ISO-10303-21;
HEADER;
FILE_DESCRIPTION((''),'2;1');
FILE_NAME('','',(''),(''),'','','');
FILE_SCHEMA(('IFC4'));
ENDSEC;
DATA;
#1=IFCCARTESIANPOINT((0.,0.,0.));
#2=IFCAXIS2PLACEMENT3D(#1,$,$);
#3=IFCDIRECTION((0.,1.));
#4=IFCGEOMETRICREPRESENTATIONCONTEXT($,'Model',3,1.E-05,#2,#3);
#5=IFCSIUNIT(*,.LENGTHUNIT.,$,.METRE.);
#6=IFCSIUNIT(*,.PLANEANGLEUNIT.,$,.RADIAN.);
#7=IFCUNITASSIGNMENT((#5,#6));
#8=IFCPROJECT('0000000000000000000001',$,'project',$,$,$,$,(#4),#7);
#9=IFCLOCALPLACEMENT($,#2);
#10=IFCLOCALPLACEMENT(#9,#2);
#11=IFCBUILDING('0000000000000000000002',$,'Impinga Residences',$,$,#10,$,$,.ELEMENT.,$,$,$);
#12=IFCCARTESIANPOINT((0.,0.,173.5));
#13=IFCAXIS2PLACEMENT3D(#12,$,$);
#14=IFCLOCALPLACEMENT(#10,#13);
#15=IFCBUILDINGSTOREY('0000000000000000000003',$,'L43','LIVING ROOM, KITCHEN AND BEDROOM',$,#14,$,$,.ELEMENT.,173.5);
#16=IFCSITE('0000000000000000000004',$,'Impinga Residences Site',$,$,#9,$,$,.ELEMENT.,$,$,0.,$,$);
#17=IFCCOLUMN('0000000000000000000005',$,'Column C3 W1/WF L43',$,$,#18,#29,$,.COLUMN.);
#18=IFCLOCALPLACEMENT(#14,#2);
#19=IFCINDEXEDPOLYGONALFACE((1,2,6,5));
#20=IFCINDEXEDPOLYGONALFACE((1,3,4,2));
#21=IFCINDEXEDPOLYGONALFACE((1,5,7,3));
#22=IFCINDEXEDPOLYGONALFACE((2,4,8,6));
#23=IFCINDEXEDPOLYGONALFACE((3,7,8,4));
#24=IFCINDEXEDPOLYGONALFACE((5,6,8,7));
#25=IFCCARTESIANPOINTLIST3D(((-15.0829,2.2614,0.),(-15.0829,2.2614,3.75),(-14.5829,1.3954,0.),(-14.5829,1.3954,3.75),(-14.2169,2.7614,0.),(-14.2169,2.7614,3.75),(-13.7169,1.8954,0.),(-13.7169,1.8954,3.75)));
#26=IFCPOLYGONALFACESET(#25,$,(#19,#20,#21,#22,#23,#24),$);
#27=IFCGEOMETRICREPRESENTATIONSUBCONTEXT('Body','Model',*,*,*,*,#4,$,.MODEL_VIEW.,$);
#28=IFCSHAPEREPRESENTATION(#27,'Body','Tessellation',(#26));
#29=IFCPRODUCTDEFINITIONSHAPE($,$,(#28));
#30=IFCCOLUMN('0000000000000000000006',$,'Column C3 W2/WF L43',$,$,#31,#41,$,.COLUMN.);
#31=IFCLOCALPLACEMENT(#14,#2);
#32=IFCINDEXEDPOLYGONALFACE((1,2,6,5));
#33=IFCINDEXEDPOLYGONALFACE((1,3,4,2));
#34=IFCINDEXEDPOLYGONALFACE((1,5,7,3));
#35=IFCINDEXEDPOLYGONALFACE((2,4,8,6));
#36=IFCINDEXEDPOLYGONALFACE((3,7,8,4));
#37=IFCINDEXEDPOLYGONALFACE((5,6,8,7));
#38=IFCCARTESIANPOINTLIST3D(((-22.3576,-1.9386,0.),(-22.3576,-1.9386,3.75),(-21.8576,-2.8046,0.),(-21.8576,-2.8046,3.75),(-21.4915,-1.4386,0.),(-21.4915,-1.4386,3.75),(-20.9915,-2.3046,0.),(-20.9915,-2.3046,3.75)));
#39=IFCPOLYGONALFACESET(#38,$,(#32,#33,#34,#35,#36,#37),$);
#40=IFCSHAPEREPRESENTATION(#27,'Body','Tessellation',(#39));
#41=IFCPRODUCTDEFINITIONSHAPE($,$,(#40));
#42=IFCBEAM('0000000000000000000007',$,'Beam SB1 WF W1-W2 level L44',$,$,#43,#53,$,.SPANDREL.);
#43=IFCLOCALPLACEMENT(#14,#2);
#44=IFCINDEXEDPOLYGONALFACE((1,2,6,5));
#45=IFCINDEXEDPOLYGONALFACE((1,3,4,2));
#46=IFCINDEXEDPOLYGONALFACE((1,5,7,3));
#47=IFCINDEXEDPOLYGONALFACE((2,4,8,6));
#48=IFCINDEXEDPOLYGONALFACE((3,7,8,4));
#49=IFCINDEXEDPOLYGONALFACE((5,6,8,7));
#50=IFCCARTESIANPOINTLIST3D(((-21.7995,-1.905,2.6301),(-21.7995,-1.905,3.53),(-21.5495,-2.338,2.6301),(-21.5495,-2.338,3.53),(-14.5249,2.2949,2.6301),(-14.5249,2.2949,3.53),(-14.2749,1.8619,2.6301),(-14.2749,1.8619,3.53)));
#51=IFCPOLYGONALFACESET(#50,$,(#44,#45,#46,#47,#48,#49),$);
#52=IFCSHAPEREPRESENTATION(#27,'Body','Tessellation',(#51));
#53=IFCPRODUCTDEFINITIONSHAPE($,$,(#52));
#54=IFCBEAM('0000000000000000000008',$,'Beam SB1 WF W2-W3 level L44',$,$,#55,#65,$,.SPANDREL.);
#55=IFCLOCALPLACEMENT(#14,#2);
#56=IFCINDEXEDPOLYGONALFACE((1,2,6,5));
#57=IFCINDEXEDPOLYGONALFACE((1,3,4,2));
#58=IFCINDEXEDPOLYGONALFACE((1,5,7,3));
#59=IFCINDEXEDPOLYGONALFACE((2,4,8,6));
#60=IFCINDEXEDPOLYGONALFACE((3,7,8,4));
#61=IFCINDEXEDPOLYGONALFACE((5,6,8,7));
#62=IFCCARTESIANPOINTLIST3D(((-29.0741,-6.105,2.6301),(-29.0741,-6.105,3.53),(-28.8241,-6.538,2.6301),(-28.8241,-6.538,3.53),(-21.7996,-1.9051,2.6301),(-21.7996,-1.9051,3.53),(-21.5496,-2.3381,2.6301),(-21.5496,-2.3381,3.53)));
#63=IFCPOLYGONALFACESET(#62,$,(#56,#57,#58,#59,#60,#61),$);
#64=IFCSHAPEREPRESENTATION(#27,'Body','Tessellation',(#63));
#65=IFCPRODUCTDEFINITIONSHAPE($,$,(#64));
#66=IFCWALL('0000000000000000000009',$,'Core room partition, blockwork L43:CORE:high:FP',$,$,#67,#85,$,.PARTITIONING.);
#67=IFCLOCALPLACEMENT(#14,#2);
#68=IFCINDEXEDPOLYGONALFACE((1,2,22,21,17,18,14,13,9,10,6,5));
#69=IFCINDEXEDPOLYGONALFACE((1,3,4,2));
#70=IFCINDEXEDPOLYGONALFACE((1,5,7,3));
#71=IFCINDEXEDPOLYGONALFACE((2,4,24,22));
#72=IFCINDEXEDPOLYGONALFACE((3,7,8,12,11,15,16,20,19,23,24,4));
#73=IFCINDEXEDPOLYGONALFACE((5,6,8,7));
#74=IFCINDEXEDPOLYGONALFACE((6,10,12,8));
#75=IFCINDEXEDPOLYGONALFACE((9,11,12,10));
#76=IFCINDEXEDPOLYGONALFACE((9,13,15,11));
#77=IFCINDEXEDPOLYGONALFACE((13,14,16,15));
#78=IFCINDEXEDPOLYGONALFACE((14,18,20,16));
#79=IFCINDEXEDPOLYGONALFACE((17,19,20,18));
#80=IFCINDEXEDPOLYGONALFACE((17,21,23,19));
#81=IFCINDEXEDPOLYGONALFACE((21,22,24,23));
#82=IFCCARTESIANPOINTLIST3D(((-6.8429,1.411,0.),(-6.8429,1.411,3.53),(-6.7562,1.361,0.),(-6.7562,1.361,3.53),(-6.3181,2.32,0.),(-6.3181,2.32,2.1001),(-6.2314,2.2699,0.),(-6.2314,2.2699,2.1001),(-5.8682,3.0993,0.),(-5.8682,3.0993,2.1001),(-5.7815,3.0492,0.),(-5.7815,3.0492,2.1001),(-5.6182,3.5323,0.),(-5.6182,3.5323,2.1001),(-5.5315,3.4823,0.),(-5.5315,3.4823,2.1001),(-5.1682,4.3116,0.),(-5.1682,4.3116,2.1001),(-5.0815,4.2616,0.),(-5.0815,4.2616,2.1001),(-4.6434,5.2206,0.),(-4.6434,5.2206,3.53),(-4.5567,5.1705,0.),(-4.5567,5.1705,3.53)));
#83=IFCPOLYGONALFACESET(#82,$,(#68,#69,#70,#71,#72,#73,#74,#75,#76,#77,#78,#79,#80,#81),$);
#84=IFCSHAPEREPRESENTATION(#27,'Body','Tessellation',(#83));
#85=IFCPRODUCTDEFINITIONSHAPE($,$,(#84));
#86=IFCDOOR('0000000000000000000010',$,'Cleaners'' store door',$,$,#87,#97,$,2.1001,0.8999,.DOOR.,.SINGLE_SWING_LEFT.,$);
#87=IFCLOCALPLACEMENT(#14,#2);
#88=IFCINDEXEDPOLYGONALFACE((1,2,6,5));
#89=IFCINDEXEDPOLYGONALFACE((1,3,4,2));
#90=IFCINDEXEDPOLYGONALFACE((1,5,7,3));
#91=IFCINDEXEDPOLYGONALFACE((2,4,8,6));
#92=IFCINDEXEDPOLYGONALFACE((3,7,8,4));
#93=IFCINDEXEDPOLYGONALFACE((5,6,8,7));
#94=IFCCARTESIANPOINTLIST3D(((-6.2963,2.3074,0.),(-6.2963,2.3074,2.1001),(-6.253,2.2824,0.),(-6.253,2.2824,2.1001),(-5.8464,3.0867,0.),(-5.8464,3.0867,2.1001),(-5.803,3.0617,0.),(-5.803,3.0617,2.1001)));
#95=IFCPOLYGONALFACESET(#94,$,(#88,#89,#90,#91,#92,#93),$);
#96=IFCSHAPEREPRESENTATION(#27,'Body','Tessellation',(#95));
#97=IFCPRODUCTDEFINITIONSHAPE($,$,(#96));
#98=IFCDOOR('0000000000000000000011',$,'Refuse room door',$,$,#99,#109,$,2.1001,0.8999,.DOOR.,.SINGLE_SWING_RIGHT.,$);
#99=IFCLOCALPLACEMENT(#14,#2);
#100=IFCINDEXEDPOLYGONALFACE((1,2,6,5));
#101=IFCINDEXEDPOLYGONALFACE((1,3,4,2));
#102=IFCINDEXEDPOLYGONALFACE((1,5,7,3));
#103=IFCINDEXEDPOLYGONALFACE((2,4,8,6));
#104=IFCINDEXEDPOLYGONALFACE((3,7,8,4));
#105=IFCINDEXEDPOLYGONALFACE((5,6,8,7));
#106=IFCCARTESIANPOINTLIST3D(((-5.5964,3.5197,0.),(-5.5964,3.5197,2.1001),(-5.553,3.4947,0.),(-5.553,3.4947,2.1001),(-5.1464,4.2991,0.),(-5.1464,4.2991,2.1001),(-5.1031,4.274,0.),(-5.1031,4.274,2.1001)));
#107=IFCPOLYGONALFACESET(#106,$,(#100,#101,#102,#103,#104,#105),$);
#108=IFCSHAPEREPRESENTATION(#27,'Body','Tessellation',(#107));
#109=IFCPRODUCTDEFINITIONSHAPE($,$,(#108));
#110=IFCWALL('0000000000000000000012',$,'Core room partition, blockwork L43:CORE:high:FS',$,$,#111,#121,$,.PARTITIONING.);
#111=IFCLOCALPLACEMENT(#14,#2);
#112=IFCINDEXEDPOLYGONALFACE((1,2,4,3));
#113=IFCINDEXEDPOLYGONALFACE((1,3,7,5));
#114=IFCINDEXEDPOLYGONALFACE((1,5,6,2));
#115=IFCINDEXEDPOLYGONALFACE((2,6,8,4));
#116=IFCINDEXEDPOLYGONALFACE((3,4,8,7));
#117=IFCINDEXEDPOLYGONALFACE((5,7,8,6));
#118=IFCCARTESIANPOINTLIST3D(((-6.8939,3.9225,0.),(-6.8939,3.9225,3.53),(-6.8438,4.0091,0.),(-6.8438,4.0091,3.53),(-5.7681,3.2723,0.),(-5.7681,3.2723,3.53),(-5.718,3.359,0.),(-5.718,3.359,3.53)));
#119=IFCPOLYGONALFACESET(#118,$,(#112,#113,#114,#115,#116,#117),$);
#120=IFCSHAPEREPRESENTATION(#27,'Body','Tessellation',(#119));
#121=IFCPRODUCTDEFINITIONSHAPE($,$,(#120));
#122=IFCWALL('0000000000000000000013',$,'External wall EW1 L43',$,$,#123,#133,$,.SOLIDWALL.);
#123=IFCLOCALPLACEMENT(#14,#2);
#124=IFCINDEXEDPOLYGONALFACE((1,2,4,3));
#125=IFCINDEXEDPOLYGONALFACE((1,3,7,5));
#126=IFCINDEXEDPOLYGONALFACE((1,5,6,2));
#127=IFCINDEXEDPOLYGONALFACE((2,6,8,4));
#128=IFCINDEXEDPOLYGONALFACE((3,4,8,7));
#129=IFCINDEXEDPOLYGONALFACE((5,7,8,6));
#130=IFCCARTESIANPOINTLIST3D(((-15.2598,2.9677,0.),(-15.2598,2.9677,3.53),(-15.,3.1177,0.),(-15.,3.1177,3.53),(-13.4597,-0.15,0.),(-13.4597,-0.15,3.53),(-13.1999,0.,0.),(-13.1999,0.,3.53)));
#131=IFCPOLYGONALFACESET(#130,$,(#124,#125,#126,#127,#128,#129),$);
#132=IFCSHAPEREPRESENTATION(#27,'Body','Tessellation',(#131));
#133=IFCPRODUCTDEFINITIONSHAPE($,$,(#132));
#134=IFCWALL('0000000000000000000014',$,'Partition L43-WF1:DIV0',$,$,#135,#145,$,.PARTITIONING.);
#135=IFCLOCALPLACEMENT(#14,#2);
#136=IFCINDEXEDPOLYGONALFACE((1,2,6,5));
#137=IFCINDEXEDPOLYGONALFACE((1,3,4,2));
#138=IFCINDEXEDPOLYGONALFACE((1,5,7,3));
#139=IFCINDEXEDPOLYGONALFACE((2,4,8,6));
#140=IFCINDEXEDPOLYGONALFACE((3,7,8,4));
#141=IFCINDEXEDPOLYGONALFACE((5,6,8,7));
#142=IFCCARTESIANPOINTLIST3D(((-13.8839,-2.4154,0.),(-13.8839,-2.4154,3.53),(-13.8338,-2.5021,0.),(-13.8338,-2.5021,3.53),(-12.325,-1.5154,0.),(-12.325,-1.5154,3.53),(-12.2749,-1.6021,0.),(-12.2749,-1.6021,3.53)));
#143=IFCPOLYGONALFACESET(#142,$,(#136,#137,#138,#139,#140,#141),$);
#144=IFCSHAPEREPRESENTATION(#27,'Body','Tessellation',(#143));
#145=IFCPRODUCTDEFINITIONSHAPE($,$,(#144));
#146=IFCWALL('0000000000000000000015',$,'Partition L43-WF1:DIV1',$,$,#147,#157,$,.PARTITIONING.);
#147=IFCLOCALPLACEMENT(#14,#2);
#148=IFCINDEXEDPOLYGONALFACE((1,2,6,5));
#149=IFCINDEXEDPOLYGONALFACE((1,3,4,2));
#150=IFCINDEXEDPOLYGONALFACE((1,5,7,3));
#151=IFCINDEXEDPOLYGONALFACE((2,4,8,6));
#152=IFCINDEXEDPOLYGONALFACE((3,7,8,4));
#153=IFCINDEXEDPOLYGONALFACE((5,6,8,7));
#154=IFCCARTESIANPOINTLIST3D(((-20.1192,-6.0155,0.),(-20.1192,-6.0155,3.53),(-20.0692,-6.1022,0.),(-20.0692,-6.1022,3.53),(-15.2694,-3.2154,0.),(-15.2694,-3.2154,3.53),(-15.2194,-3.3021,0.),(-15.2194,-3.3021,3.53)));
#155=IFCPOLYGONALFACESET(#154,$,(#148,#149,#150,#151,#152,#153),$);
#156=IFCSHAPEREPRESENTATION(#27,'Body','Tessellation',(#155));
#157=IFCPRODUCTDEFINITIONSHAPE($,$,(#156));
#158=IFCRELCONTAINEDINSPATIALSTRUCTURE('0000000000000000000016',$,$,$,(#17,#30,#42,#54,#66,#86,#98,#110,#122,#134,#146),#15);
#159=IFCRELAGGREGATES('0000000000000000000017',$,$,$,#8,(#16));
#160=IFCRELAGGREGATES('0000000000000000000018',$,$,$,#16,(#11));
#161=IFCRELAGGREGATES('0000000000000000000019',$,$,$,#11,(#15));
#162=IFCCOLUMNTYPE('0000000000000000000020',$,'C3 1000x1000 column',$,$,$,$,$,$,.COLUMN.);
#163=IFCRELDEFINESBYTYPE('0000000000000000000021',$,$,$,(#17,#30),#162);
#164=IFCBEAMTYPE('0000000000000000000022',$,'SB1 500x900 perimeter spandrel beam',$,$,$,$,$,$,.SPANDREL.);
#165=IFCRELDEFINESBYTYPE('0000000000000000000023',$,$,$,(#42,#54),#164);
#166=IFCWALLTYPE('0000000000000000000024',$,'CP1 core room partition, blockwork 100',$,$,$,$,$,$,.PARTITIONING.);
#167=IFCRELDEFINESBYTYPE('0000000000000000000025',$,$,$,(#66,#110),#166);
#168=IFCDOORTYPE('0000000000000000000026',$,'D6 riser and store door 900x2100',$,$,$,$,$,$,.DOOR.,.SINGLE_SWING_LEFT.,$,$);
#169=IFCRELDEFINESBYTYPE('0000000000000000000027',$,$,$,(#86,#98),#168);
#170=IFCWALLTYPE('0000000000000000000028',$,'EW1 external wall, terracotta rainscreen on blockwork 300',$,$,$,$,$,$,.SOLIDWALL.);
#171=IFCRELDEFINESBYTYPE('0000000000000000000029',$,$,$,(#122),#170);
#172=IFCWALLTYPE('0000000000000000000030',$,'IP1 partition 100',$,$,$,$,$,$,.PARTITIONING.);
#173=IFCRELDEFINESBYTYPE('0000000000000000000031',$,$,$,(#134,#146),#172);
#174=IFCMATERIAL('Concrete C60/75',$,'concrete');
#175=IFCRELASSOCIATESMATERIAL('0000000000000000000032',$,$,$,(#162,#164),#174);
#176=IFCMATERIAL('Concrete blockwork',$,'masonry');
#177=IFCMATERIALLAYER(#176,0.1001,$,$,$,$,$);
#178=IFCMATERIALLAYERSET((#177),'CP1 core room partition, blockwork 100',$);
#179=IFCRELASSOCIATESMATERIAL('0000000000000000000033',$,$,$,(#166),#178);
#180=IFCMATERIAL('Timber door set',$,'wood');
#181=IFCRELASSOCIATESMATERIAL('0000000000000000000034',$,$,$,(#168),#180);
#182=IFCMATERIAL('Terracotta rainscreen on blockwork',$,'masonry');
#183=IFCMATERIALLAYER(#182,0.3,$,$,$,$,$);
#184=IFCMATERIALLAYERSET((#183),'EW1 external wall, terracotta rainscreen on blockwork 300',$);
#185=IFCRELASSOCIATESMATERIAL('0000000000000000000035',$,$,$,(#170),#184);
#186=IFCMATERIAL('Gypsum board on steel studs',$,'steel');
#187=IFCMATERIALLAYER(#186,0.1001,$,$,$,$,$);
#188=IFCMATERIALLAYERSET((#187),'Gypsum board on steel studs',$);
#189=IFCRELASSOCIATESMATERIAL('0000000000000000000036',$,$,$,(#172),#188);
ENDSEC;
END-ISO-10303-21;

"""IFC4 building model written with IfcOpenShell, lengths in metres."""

from ifc_helpers import new_model, si_unit, direction, frame, frame_2d, origin, origin_2d, place, context, subcontext, project, spatial, rectangle, extrude, material, layer, layer_set, material_profile, profile_set, type_object, element, fill, save


model = new_model("IFC4")

# Units and contexts
model_context = context("Model", 3, precision=1e-05, world=origin(), true_north=direction((0.0, 1.0)))
body_context = subcontext(model_context, "Body", "Model", "MODEL_VIEW")
ifc_project = project(units=[si_unit("LENGTHUNIT", "METRE"), si_unit("PLANEANGLEUNIT", "RADIAN")], contexts=[model_context])

# Site, building, storey
site_placement = place(None, origin())
site = spatial("IfcSite", under=ifc_project, at=site_placement, Name="Impinga Residences Site", CompositionType="ELEMENT", RefElevation=0.0)
building_placement = place(site_placement, origin())
building = spatial("IfcBuilding", under=site, at=building_placement, Name="Impinga Residences", CompositionType="ELEMENT")
storey_placement = place(building_placement, frame((0.0, 0.0, 173.5)))
storey = spatial("IfcBuildingStorey", under=building, at=storey_placement, Name="L43", Description="LIVING ROOM, KITCHEN AND BEDROOM", CompositionType="ELEMENT", Elevation=173.5)

# Columns
ifc_material_1 = material(Name="Concrete C60/75", Category="concrete")
ifc_material_profile_1 = material_profile(ifc_material_1, rectangle(XDim=1.0, YDim=1.0, at=origin_2d()), Name="RC 1000x1000")
ifc_profile_set_1 = profile_set([ifc_material_profile_1], Name="Concrete C60/75")
column_type = type_object("IfcColumnType", Name="C3 1000x1000 column", PredefinedType="COLUMN", material=ifc_profile_set_1)
for number, where, z_axis, x_axis, name in (
    (1, (-14.3999, 2.0784, 0.0), (0.0, 0.0, 1.0), (-0.5, 0.866025, 0.0), "Column C3 W1/WF L43"),
    (2, (-21.6746, -2.1216, 0.0), (0.0, 0.0, 1.0), (-0.5, 0.866025, 0.0), "Column C3 W2/WF L43"),
):
    element("IfcColumn", number, at=place(storey_placement, frame(where, z_axis=z_axis, x_axis=x_axis)), inside=storey, type_object=column_type, Name=name, PredefinedType="COLUMN", context=body_context, shape_type="SweptSolid", body=[
        extrude(rectangle(XDim=1.0, YDim=1.0, at=origin_2d()), origin(), (0.0, 0.0, 1.0), 3.75),
    ])

# Beams
ifc_material_profile_2 = material_profile(ifc_material_1, rectangle(XDim=0.5, YDim=0.8999, at=origin_2d()), Name="RC 500x900")
ifc_profile_set_2 = profile_set([ifc_material_profile_2], Name="Concrete C60/75")
beam_type = type_object("IfcBeamType", Name="SB1 500x900 perimeter spandrel beam", PredefinedType="SPANDREL", material=ifc_profile_set_2)
for number, where, z_axis, x_axis, name in (
    (3, (-14.3999, 2.0784, 3.0801), (-0.866029, -0.499993, 0.0), (0.499993, -0.866029, 0.0), "Beam SB1 WF W1-W2 level L44"),
    (4, (-21.6746, -2.1216, 3.0801), (-0.866029, -0.499993, 0.0), (0.499993, -0.866029, 0.0), "Beam SB1 WF W2-W3 level L44"),
):
    element("IfcBeam", number, at=place(storey_placement, frame(where, z_axis=z_axis, x_axis=x_axis)), inside=storey, type_object=beam_type, Name=name, PredefinedType="SPANDREL", context=body_context, shape_type="SweptSolid", body=[
        extrude(rectangle(XDim=0.5, YDim=0.8999, at=origin_2d()), origin(), (0.0, 0.0, 1.0), 8.3999),
    ])

# Wall, openings, doors
ifc_material_2 = material(Name="Concrete blockwork", Category="masonry")
ifc_layer_1 = layer(ifc_material_2, 0.1001)
ifc_layer_set_1 = layer_set([ifc_layer_1], Name="CP1 core room partition, blockwork 100")
wall_type_1 = type_object("IfcWallType", Name="CP1 core room partition, blockwork 100", PredefinedType="PARTITIONING", material=ifc_layer_set_1)
wall_1_placement = place(storey_placement, frame((-6.7996, 1.386, 0.0), z_axis=(0.0, 0.0, 1.0), x_axis=(0.500001, 0.866025, 0.0)))
wall_1 = element("IfcWall", 5, at=wall_1_placement, inside=storey, type_object=wall_type_1, Name="Core room partition, blockwork L43:CORE:high:FP", PredefinedType="PARTITIONING", context=body_context, shape_type="SweptSolid", body=[
    extrude(rectangle(XDim=4.3989, YDim=0.1001, at=frame_2d((2.1995, 0.0))), origin(), (0.0, 0.0, 1.0), 3.53),
])
opening_1_placement = place(wall_1_placement, frame((1.0496, 0.0, 0.0)))
opening_1 = element("IfcOpeningElement", 6, at=opening_1_placement, cuts=wall_1, PredefinedType="OPENING", context=body_context, shape_type="SweptSolid", body=[
    extrude(rectangle(XDim=0.8999, YDim=2.1001, at=frame_2d((0.45, 1.05))), frame((0.0, 0.0601, 0.0), z_axis=(0.0, -1.0, 0.0), x_axis=(1.0, 0.0, 0.0)), (0.0, 0.0, 1.0), 0.1201),
])
opening_2_placement = place(wall_1_placement, frame((2.4495, 0.0, 0.0)))
opening_2 = element("IfcOpeningElement", 7, at=opening_2_placement, cuts=wall_1, PredefinedType="OPENING", context=body_context, shape_type="SweptSolid", body=[
    extrude(rectangle(XDim=0.8999, YDim=2.1001, at=frame_2d((0.45, 1.05))), frame((0.0, 0.0601, 0.0), z_axis=(0.0, -1.0, 0.0), x_axis=(1.0, 0.0, 0.0)), (0.0, 0.0, 1.0), 0.1201),
])
ifc_material_3 = material(Name="Timber door set", Category="wood")
door_type_1 = type_object("IfcDoorType", Name="D6 riser and store door 900x2100", OperationType="SINGLE_SWING_LEFT", PredefinedType="DOOR", material=ifc_material_3)
door_1_placement = place(opening_1_placement, origin())
door_1 = element("IfcDoor", 8, at=door_1_placement, inside=storey, type_object=door_type_1, Name="Cleaners' store door", OperationType="SINGLE_SWING_LEFT", OverallHeight=2.1001, OverallWidth=0.8999, PredefinedType="DOOR", context=body_context, shape_type="SweptSolid", body=[
    extrude(rectangle(XDim=0.8999, YDim=2.1001, at=frame_2d((0.45, 1.05))), frame((0.0, 0.0249, 0.0), z_axis=(0.0, -1.0, 0.0), x_axis=(1.0, 0.0, 0.0)), (0.0, 0.0, 1.0), 0.05),
])
fill(opening_1, door_1)
door_2_placement = place(opening_2_placement, origin())
door_2 = element("IfcDoor", 9, at=door_2_placement, inside=storey, type_object=door_type_1, Name="Refuse room door", OperationType="SINGLE_SWING_RIGHT", OverallHeight=2.1001, OverallWidth=0.8999, PredefinedType="DOOR", context=body_context, shape_type="SweptSolid", body=[
    extrude(rectangle(XDim=0.8999, YDim=2.1001, at=frame_2d((0.45, 1.05))), frame((0.0, 0.0249, 0.0), z_axis=(0.0, -1.0, 0.0), x_axis=(1.0, 0.0, 0.0)), (0.0, 0.0, 1.0), 0.05),
])
fill(opening_2, door_2)

# Walls
wall_2_placement = place(storey_placement, frame((-5.7432, 3.3157, 0.0), z_axis=(0.0, 0.0, 1.0), x_axis=(-0.865957, 0.500118, 0.0)))
element("IfcWall", 10, at=wall_2_placement, inside=storey, type_object=wall_type_1, Name="Core room partition, blockwork L43:CORE:high:FS", PredefinedType="PARTITIONING", context=body_context, shape_type="SweptSolid", body=[
    extrude(rectangle(XDim=1.3, YDim=0.1001, at=frame_2d((0.6499, 0.0))), origin(), (0.0, 0.0, 1.0), 3.53),
])
ifc_material_4 = material(Name="Terracotta rainscreen on blockwork", Category="masonry")
ifc_layer_2 = layer(ifc_material_4, 0.3)
ifc_layer_set_2 = layer_set([ifc_layer_2], Name="EW1 external wall, terracotta rainscreen on blockwork 300")
wall_type_2 = type_object("IfcWallType", Name="EW1 external wall, terracotta rainscreen on blockwork 300", PredefinedType="SOLIDWALL", material=ifc_layer_set_2)
wall_3_placement = place(storey_placement, frame((-15.1299, 3.0427, 0.0), z_axis=(0.0, 0.0, 1.0), x_axis=(0.500012, -0.866018, 0.0)))
element("IfcWall", 11, at=wall_3_placement, inside=storey, type_object=wall_type_2, Name="External wall EW1 L43", PredefinedType="SOLIDWALL", context=body_context, shape_type="SweptSolid", body=[
    extrude(rectangle(XDim=3.6001, YDim=0.3, at=frame_2d((1.8, 0.0))), origin(), (0.0, 0.0, 1.0), 3.53),
])
ifc_material_5 = material(Name="Gypsum board on steel studs", Category="steel")
ifc_layer_3 = layer(ifc_material_5, 0.1001)
ifc_layer_set_3 = layer_set([ifc_layer_3], Name="Gypsum board on steel studs")
wall_type_3 = type_object("IfcWallType", Name="IP1 partition 100", PredefinedType="PARTITIONING", material=ifc_layer_set_3)
wall_4_placement = place(storey_placement, frame((-12.3, -1.5588, 0.0), z_axis=(0.0, 0.0, 1.0), x_axis=(-0.866048, -0.499961, 0.0)))
element("IfcWall", 12, at=wall_4_placement, inside=storey, type_object=wall_type_3, Name="Partition L43-WF1:DIV0", PredefinedType="PARTITIONING", context=body_context, shape_type="SweptSolid", body=[
    extrude(rectangle(XDim=1.8, YDim=0.1001, at=frame_2d((0.8999, 0.0))), origin(), (0.0, 0.0, 1.0), 3.53),
])
wall_5_placement = place(storey_placement, frame((-15.2444, -3.2588, 0.0), z_axis=(0.0, 0.0, 1.0), x_axis=(-0.866027, -0.499998, 0.0)))
element("IfcWall", 13, at=wall_5_placement, inside=storey, type_object=wall_type_3, Name="Partition L43-WF1:DIV1", PredefinedType="PARTITIONING", context=body_context, shape_type="SweptSolid", body=[
    extrude(rectangle(XDim=5.6001, YDim=0.1001, at=frame_2d((2.8, 0.0))), origin(), (0.0, 0.0, 1.0), 3.53),
])

save(model, "model.ifc")
